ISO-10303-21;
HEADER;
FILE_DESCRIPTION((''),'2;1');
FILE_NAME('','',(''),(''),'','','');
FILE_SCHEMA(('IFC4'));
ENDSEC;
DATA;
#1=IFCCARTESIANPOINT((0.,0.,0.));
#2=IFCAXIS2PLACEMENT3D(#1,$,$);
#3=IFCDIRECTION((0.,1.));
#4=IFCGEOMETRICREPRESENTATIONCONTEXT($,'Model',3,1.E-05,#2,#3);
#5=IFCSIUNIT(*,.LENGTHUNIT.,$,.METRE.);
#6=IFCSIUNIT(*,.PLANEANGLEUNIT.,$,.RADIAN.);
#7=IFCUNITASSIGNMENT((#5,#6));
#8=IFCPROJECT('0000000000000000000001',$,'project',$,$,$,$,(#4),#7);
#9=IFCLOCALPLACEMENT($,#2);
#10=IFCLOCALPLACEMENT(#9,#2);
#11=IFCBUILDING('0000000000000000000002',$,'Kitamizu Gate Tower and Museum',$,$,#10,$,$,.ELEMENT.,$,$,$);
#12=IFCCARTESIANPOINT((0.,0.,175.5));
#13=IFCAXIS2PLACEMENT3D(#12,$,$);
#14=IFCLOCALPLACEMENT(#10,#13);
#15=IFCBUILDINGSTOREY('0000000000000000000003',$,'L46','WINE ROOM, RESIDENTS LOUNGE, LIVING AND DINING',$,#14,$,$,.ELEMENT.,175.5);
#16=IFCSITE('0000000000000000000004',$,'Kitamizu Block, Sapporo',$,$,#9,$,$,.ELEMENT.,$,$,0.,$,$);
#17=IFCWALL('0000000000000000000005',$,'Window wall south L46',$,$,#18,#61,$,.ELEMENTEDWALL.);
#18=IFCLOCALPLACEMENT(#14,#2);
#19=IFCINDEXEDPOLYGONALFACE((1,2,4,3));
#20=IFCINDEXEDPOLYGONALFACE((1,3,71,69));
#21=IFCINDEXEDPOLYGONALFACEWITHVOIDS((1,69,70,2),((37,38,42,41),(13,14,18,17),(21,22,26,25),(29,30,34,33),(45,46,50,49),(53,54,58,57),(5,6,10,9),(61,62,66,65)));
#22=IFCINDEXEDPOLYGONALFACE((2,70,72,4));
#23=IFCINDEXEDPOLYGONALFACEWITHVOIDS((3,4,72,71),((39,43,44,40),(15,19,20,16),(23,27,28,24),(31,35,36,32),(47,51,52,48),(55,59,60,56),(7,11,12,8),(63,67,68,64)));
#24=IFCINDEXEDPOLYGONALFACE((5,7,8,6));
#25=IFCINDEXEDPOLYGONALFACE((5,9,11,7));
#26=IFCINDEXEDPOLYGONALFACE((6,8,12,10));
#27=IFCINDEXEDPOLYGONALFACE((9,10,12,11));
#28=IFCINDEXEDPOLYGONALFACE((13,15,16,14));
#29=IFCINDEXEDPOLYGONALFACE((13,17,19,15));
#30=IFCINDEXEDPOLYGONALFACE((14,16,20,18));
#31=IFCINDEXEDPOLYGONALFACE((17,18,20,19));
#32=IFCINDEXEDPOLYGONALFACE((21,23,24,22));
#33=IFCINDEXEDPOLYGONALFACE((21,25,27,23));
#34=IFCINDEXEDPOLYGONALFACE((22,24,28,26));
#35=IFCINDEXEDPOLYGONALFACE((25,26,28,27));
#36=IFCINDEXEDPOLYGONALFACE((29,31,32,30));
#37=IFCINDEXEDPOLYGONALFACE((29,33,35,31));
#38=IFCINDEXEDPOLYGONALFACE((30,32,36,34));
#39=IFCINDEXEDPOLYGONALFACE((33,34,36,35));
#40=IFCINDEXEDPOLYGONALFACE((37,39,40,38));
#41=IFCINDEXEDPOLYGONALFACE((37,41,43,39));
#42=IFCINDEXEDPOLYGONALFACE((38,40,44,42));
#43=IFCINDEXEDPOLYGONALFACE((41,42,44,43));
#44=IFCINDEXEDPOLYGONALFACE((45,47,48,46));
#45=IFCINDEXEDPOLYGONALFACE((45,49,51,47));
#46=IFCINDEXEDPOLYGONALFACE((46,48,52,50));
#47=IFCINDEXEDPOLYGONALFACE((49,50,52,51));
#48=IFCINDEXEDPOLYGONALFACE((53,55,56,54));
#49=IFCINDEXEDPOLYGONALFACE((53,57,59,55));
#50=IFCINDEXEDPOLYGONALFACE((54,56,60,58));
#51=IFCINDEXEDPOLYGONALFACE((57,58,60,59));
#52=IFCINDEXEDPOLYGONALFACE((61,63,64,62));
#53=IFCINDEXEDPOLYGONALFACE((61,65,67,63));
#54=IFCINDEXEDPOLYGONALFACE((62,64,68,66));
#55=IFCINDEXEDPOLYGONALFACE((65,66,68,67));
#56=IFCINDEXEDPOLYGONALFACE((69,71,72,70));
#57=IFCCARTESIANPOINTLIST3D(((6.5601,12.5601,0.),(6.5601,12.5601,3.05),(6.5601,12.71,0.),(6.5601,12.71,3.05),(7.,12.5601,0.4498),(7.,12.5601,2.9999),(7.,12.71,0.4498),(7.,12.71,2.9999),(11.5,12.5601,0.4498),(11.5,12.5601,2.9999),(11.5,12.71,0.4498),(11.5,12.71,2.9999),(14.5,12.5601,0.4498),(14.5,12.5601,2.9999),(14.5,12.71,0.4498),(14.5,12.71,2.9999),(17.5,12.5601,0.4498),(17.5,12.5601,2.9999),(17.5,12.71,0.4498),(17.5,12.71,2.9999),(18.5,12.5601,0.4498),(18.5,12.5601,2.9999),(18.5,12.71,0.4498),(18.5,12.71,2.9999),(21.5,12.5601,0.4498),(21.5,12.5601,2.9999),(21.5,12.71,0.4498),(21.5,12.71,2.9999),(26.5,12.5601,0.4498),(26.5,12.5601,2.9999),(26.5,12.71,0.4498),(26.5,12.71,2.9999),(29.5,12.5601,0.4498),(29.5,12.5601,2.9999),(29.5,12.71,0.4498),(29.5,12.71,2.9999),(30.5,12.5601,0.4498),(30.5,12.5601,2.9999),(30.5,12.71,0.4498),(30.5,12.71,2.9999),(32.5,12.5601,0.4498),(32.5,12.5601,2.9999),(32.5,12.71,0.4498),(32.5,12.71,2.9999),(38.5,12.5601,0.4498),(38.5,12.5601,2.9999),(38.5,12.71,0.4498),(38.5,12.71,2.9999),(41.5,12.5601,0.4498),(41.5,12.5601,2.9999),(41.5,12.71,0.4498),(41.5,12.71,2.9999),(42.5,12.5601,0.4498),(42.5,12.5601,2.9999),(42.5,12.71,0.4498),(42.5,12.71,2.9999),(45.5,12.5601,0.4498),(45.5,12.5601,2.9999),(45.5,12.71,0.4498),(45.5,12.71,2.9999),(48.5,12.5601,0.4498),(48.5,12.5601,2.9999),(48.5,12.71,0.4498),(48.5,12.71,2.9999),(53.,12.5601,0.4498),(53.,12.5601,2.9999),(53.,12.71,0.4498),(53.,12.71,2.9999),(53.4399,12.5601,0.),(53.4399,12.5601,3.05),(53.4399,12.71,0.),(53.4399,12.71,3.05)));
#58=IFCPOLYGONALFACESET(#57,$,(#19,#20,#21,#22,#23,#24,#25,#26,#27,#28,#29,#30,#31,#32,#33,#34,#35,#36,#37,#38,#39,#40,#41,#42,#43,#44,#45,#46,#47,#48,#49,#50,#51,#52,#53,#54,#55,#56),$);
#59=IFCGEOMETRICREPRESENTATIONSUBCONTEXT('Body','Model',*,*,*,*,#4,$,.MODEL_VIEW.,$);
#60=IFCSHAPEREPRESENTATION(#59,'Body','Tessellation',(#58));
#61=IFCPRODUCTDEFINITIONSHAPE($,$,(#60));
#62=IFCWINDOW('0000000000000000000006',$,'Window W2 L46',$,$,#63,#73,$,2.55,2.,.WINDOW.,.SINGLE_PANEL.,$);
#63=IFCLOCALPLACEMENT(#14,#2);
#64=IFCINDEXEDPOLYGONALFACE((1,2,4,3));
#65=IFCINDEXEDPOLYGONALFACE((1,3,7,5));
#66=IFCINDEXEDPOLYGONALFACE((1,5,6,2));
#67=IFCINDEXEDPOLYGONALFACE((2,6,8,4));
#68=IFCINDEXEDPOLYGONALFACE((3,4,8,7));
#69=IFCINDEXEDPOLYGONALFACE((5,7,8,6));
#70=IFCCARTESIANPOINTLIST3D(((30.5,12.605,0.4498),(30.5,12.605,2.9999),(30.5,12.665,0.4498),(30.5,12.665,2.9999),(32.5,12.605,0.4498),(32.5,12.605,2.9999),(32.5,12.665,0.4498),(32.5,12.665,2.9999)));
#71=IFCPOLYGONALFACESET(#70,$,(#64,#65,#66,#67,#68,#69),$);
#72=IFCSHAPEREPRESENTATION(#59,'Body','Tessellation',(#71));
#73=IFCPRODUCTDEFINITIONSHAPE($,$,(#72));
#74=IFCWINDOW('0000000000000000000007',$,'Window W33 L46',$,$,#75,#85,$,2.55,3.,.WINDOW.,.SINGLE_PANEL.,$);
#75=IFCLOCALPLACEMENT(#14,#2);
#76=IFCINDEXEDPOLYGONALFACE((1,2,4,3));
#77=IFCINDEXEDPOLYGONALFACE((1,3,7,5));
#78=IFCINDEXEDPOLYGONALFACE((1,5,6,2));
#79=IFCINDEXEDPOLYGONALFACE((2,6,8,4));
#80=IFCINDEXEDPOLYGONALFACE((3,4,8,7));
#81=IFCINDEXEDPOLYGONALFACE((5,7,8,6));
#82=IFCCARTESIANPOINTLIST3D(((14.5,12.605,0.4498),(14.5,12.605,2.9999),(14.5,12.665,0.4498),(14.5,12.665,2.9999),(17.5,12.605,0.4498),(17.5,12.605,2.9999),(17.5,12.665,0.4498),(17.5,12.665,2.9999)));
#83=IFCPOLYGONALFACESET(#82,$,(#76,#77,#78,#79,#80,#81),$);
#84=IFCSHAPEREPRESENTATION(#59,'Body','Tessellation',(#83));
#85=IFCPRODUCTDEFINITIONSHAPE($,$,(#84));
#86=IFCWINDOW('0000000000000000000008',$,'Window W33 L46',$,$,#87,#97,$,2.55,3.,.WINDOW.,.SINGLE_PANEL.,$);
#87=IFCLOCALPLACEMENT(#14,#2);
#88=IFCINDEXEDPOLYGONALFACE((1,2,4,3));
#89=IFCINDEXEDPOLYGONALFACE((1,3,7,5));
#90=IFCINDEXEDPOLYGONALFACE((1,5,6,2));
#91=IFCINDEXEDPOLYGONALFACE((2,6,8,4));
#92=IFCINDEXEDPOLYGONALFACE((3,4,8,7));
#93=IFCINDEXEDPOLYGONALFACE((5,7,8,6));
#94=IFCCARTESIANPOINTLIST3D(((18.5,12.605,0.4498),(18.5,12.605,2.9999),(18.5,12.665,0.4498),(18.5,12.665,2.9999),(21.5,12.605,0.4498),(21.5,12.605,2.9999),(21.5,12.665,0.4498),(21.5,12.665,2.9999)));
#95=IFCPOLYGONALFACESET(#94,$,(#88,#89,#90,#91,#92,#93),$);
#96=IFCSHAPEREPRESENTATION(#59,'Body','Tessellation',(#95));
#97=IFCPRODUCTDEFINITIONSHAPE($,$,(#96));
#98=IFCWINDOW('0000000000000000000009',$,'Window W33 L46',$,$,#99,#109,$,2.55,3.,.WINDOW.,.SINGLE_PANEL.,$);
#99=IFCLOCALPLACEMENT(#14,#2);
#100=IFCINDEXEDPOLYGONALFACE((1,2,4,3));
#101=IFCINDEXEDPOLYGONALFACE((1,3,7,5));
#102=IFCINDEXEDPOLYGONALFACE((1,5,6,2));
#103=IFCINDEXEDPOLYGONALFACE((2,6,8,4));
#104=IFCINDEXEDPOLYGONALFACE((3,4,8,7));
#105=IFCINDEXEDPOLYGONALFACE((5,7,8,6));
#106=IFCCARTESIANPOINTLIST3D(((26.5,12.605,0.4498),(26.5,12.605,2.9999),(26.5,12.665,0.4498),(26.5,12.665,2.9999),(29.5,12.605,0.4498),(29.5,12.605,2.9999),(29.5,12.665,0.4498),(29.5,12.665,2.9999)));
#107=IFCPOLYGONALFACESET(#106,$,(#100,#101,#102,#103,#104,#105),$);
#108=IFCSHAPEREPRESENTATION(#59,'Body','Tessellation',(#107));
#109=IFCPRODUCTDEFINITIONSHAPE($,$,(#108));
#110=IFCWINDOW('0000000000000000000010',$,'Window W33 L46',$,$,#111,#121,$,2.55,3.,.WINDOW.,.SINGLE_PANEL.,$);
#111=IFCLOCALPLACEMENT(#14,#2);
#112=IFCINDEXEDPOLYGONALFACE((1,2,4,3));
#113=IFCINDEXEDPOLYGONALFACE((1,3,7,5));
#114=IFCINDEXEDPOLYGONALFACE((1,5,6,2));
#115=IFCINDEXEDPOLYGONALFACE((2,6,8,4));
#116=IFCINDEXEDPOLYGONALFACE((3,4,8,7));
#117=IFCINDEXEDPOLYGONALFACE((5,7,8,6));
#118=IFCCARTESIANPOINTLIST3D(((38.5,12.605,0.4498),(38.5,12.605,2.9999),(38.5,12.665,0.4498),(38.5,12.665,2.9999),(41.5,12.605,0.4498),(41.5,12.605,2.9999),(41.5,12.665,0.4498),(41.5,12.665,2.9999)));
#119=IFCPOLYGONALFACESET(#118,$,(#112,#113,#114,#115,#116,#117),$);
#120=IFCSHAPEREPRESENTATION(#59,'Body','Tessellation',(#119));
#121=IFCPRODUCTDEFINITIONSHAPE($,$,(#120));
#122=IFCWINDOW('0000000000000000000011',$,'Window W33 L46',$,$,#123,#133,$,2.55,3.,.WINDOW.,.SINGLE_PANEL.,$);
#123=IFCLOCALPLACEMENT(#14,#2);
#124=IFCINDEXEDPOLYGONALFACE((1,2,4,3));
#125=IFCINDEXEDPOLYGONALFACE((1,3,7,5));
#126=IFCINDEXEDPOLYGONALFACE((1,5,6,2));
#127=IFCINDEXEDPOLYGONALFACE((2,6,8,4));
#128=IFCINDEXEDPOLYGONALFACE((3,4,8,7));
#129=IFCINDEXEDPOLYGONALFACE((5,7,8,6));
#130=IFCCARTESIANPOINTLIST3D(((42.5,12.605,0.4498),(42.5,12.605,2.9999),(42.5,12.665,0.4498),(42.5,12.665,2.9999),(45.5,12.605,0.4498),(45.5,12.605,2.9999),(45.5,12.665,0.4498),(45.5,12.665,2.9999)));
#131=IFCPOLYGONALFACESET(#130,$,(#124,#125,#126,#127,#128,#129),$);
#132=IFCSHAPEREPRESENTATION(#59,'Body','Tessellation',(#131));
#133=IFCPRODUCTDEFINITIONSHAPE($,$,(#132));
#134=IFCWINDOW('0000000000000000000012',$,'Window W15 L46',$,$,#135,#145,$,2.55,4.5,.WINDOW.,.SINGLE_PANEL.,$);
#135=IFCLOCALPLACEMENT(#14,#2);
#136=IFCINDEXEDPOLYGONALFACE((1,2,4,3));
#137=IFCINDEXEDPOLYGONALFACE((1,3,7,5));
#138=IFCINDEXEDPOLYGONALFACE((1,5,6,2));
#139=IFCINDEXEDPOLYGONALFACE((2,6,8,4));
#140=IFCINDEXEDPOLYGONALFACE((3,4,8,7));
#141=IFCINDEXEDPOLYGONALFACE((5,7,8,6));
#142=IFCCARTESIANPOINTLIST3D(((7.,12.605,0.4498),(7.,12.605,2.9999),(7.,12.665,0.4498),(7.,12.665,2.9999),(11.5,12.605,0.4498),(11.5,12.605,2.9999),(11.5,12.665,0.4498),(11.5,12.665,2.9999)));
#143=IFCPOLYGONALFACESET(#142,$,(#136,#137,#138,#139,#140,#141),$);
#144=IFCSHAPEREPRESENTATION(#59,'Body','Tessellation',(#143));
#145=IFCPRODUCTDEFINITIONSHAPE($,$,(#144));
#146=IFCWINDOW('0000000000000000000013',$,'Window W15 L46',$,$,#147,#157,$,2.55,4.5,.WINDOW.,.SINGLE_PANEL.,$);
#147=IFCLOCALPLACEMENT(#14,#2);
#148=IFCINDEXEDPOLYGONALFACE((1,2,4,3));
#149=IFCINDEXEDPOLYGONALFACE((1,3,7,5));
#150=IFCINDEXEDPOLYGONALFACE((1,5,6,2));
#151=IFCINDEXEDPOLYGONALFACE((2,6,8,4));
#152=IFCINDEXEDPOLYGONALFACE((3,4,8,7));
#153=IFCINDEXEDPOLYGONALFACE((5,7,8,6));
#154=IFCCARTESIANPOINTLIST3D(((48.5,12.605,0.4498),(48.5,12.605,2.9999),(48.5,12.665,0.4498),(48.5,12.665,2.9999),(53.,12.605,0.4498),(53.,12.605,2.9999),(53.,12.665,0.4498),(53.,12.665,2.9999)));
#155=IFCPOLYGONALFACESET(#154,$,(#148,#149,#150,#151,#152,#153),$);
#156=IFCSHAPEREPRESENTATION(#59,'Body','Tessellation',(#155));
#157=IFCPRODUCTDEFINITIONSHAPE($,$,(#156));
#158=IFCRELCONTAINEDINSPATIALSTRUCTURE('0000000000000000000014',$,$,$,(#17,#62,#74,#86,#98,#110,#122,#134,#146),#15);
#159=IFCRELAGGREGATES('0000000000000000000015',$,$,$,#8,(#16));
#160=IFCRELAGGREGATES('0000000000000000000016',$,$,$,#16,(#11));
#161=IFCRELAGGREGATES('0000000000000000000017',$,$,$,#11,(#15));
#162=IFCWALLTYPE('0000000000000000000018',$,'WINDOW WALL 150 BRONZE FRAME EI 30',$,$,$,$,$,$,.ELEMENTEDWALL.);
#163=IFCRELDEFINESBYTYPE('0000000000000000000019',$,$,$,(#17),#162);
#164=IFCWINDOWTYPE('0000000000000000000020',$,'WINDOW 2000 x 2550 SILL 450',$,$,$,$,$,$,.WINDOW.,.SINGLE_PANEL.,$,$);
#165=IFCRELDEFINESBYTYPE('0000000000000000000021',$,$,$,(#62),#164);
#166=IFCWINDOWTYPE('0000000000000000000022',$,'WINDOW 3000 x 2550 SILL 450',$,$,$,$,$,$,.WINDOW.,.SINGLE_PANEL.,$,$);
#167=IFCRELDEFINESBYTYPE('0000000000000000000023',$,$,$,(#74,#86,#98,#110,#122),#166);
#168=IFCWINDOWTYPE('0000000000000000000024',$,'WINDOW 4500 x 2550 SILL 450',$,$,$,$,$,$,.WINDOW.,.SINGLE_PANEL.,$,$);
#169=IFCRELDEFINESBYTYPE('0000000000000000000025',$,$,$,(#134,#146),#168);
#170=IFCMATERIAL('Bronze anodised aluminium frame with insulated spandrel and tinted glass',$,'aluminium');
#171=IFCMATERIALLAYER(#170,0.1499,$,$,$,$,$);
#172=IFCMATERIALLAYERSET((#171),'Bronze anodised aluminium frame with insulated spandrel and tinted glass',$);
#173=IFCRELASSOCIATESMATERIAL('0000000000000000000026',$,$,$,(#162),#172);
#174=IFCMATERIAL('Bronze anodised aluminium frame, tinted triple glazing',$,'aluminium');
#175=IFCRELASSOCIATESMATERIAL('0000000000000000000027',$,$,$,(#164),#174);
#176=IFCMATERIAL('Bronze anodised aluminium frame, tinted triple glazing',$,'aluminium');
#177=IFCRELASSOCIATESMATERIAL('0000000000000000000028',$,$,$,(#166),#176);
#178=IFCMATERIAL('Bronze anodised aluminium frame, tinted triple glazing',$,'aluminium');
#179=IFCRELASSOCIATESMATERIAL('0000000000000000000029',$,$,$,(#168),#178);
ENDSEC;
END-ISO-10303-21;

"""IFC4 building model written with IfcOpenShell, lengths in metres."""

from ifc_helpers import new_model, si_unit, direction, frame, frame_2d, origin, place, context, subcontext, project, spatial, rectangle, extrude, material, layer, layer_set, type_object, element, fill, save


model = new_model("IFC4")

# Units and contexts
model_context = context("Model", 3, precision=1e-05, world=origin(), true_north=direction((0.0, 1.0)))
body_context = subcontext(model_context, "Body", "Model", "MODEL_VIEW")
ifc_project = project(units=[si_unit("LENGTHUNIT", "METRE"), si_unit("PLANEANGLEUNIT", "RADIAN")], contexts=[model_context])

# Site, building, storey
site_placement = place(None, origin())
site = spatial("IfcSite", under=ifc_project, at=site_placement, Name="Kitamizu Block, Sapporo", CompositionType="ELEMENT", RefElevation=0.0)
building_placement = place(site_placement, origin())
building = spatial("IfcBuilding", under=site, at=building_placement, Name="Kitamizu Gate Tower and Museum", CompositionType="ELEMENT")
storey_placement = place(building_placement, frame((0.0, 0.0, 175.5)))
storey = spatial("IfcBuildingStorey", under=building, at=storey_placement, Name="L46", Description="WINE ROOM, RESIDENTS LOUNGE, LIVING AND DINING", CompositionType="ELEMENT", Elevation=175.5)

# Wall, openings, windows
ifc_material_1 = material(Name="Bronze anodised aluminium frame with insulated spandrel and tinted glass", Category="aluminium")
ifc_layer_1 = layer(ifc_material_1, 0.1499)
ifc_layer_set_1 = layer_set([ifc_layer_1], Name="Bronze anodised aluminium frame with insulated spandrel and tinted glass")
wall_type_1 = type_object("IfcWallType", Name="WINDOW WALL 150 BRONZE FRAME EI 30", PredefinedType="ELEMENTEDWALL", material=ifc_layer_set_1)
wall_1_placement = place(storey_placement, frame((6.5601, 12.635, 0.0), z_axis=(0.0, 0.0, 1.0), x_axis=(1.0, 0.0, 0.0)))
wall_1 = element("IfcWall", 1, at=wall_1_placement, inside=storey, type_object=wall_type_1, Name="Window wall south L46", PredefinedType="ELEMENTEDWALL", context=body_context, shape_type="SweptSolid", body=[
    extrude(rectangle(XDim=46.8799, YDim=0.1499, at=frame_2d((23.4399, 0.0))), origin(), (0.0, 0.0, 1.0), 3.05),
])
opening_1_placement = place(wall_1_placement, frame((0.4399, 0.0, 0.45)))
opening_1 = element("IfcOpeningElement", 2, at=opening_1_placement, cuts=wall_1, PredefinedType="OPENING", context=body_context, shape_type="SweptSolid", body=[
    extrude(rectangle(XDim=4.5, YDim=2.55, at=frame_2d((2.25, 1.2749))), frame((0.0, 0.085, 0.0), z_axis=(0.0, -1.0, 0.0), x_axis=(1.0, 0.0, 0.0)), (0.0, 0.0, 1.0), 0.1699),
])
opening_2_placement = place(wall_1_placement, frame((7.9399, 0.0, 0.45)))
opening_2 = element("IfcOpeningElement", 3, at=opening_2_placement, cuts=wall_1, PredefinedType="OPENING", context=body_context, shape_type="SweptSolid", body=[
    extrude(rectangle(XDim=3.0, YDim=2.55, at=frame_2d((1.5, 1.2749))), frame((0.0, 0.085, 0.0), z_axis=(0.0, -1.0, 0.0), x_axis=(1.0, 0.0, 0.0)), (0.0, 0.0, 1.0), 0.1699),
])
opening_3_placement = place(wall_1_placement, frame((11.9399, 0.0, 0.45)))
opening_3 = element("IfcOpeningElement", 4, at=opening_3_placement, cuts=wall_1, PredefinedType="OPENING", context=body_context, shape_type="SweptSolid", body=[
    extrude(rectangle(XDim=3.0, YDim=2.55, at=frame_2d((1.5, 1.2749))), frame((0.0, 0.085, 0.0), z_axis=(0.0, -1.0, 0.0), x_axis=(1.0, 0.0, 0.0)), (0.0, 0.0, 1.0), 0.1699),
])
opening_4_placement = place(wall_1_placement, frame((19.9399, 0.0, 0.45)))
opening_4 = element("IfcOpeningElement", 5, at=opening_4_placement, cuts=wall_1, PredefinedType="OPENING", context=body_context, shape_type="SweptSolid", body=[
    extrude(rectangle(XDim=3.0, YDim=2.55, at=frame_2d((1.5, 1.2749))), frame((0.0, 0.085, 0.0), z_axis=(0.0, -1.0, 0.0), x_axis=(1.0, 0.0, 0.0)), (0.0, 0.0, 1.0), 0.1699),
])
opening_5_placement = place(wall_1_placement, frame((23.9399, 0.0, 0.45)))
opening_5 = element("IfcOpeningElement", 6, at=opening_5_placement, cuts=wall_1, PredefinedType="OPENING", context=body_context, shape_type="SweptSolid", body=[
    extrude(rectangle(XDim=2.0, YDim=2.55, at=frame_2d((1.0, 1.2749))), frame((0.0, 0.085, 0.0), z_axis=(0.0, -1.0, 0.0), x_axis=(1.0, 0.0, 0.0)), (0.0, 0.0, 1.0), 0.1699),
])
opening_6_placement = place(wall_1_placement, frame((31.9399, 0.0, 0.45)))
opening_6 = element("IfcOpeningElement", 7, at=opening_6_placement, cuts=wall_1, PredefinedType="OPENING", context=body_context, shape_type="SweptSolid", body=[
    extrude(rectangle(XDim=3.0, YDim=2.55, at=frame_2d((1.5, 1.2749))), frame((0.0, 0.085, 0.0), z_axis=(0.0, -1.0, 0.0), x_axis=(1.0, 0.0, 0.0)), (0.0, 0.0, 1.0), 0.1699),
])
opening_7_placement = place(wall_1_placement, frame((35.9399, 0.0, 0.45)))
opening_7 = element("IfcOpeningElement", 8, at=opening_7_placement, cuts=wall_1, PredefinedType="OPENING", context=body_context, shape_type="SweptSolid", body=[
    extrude(rectangle(XDim=3.0, YDim=2.55, at=frame_2d((1.5, 1.2749))), frame((0.0, 0.085, 0.0), z_axis=(0.0, -1.0, 0.0), x_axis=(1.0, 0.0, 0.0)), (0.0, 0.0, 1.0), 0.1699),
])
opening_8_placement = place(wall_1_placement, frame((41.9399, 0.0, 0.45)))
opening_8 = element("IfcOpeningElement", 9, at=opening_8_placement, cuts=wall_1, PredefinedType="OPENING", context=body_context, shape_type="SweptSolid", body=[
    extrude(rectangle(XDim=4.5, YDim=2.55, at=frame_2d((2.25, 1.2749))), frame((0.0, 0.085, 0.0), z_axis=(0.0, -1.0, 0.0), x_axis=(1.0, 0.0, 0.0)), (0.0, 0.0, 1.0), 0.1699),
])
ifc_material_2 = material(Name="Bronze anodised aluminium frame, tinted triple glazing", Category="aluminium")
window_type_1 = type_object("IfcWindowType", Name="WINDOW 2000 x 2550 SILL 450", PartitioningType="SINGLE_PANEL", PredefinedType="WINDOW", material=ifc_material_2)
window_1_placement = place(opening_5_placement, origin())
window_1 = element("IfcWindow", 10, at=window_1_placement, inside=storey, type_object=window_type_1, Name="Window W2 L46", OverallHeight=2.55, OverallWidth=2.0, PartitioningType="SINGLE_PANEL", PredefinedType="WINDOW", context=body_context, shape_type="SweptSolid", body=[
    extrude(rectangle(XDim=2.0, YDim=2.55, at=frame_2d((1.0, 1.2749))), frame((0.0, 0.03, 0.0), z_axis=(0.0, -1.0, 0.0), x_axis=(1.0, 0.0, 0.0)), (0.0, 0.0, 1.0), 0.0601),
])
fill(opening_5, window_1)
ifc_material_3 = material(Name="Bronze anodised aluminium frame, tinted triple glazing", Category="aluminium")
window_type_2 = type_object("IfcWindowType", Name="WINDOW 3000 x 2550 SILL 450", PartitioningType="SINGLE_PANEL", PredefinedType="WINDOW", material=ifc_material_3)
window_2_placement = place(opening_2_placement, origin())
window_2 = element("IfcWindow", 11, at=window_2_placement, inside=storey, type_object=window_type_2, Name="Window W33 L46", OverallHeight=2.55, OverallWidth=3.0, PartitioningType="SINGLE_PANEL", PredefinedType="WINDOW", context=body_context, shape_type="SweptSolid", body=[
    extrude(rectangle(XDim=3.0, YDim=2.55, at=frame_2d((1.5, 1.2749))), frame((0.0, 0.03, 0.0), z_axis=(0.0, -1.0, 0.0), x_axis=(1.0, 0.0, 0.0)), (0.0, 0.0, 1.0), 0.0601),
])
fill(opening_2, window_2)
window_3_placement = place(opening_3_placement, origin())
window_3 = element("IfcWindow", 12, at=window_3_placement, inside=storey, type_object=window_type_2, Name="Window W33 L46", OverallHeight=2.55, OverallWidth=3.0, PartitioningType="SINGLE_PANEL", PredefinedType="WINDOW", context=body_context, shape_type="SweptSolid", body=[
    extrude(rectangle(XDim=3.0, YDim=2.55, at=frame_2d((1.5, 1.2749))), frame((0.0, 0.03, 0.0), z_axis=(0.0, -1.0, 0.0), x_axis=(1.0, 0.0, 0.0)), (0.0, 0.0, 1.0), 0.0601),
])
fill(opening_3, window_3)
window_4_placement = place(opening_4_placement, origin())
window_4 = element("IfcWindow", 13, at=window_4_placement, inside=storey, type_object=window_type_2, Name="Window W33 L46", OverallHeight=2.55, OverallWidth=3.0, PartitioningType="SINGLE_PANEL", PredefinedType="WINDOW", context=body_context, shape_type="SweptSolid", body=[
    extrude(rectangle(XDim=3.0, YDim=2.55, at=frame_2d((1.5, 1.2749))), frame((0.0, 0.03, 0.0), z_axis=(0.0, -1.0, 0.0), x_axis=(1.0, 0.0, 0.0)), (0.0, 0.0, 1.0), 0.0601),
])
fill(opening_4, window_4)
window_5_placement = place(opening_6_placement, origin())
window_5 = element("IfcWindow", 14, at=window_5_placement, inside=storey, type_object=window_type_2, Name="Window W33 L46", OverallHeight=2.55, OverallWidth=3.0, PartitioningType="SINGLE_PANEL", PredefinedType="WINDOW", context=body_context, shape_type="SweptSolid", body=[
    extrude(rectangle(XDim=3.0, YDim=2.55, at=frame_2d((1.5, 1.2749))), frame((0.0, 0.03, 0.0), z_axis=(0.0, -1.0, 0.0), x_axis=(1.0, 0.0, 0.0)), (0.0, 0.0, 1.0), 0.0601),
])
fill(opening_6, window_5)
window_6_placement = place(opening_7_placement, origin())
window_6 = element("IfcWindow", 15, at=window_6_placement, inside=storey, type_object=window_type_2, Name="Window W33 L46", OverallHeight=2.55, OverallWidth=3.0, PartitioningType="SINGLE_PANEL", PredefinedType="WINDOW", context=body_context, shape_type="SweptSolid", body=[
    extrude(rectangle(XDim=3.0, YDim=2.55, at=frame_2d((1.5, 1.2749))), frame((0.0, 0.03, 0.0), z_axis=(0.0, -1.0, 0.0), x_axis=(1.0, 0.0, 0.0)), (0.0, 0.0, 1.0), 0.0601),
])
fill(opening_7, window_6)
ifc_material_4 = material(Name="Bronze anodised aluminium frame, tinted triple glazing", Category="aluminium")
window_type_3 = type_object("IfcWindowType", Name="WINDOW 4500 x 2550 SILL 450", PartitioningType="SINGLE_PANEL", PredefinedType="WINDOW", material=ifc_material_4)
window_7_placement = place(opening_1_placement, origin())
window_7 = element("IfcWindow", 16, at=window_7_placement, inside=storey, type_object=window_type_3, Name="Window W15 L46", OverallHeight=2.55, OverallWidth=4.5, PartitioningType="SINGLE_PANEL", PredefinedType="WINDOW", context=body_context, shape_type="SweptSolid", body=[
    extrude(rectangle(XDim=4.5, YDim=2.55, at=frame_2d((2.25, 1.2749))), frame((0.0, 0.03, 0.0), z_axis=(0.0, -1.0, 0.0), x_axis=(1.0, 0.0, 0.0)), (0.0, 0.0, 1.0), 0.0601),
])
fill(opening_1, window_7)
window_8_placement = place(opening_8_placement, origin())
window_8 = element("IfcWindow", 17, at=window_8_placement, inside=storey, type_object=window_type_3, Name="Window W15 L46", OverallHeight=2.55, OverallWidth=4.5, PartitioningType="SINGLE_PANEL", PredefinedType="WINDOW", context=body_context, shape_type="SweptSolid", body=[
    extrude(rectangle(XDim=4.5, YDim=2.55, at=frame_2d((2.25, 1.2749))), frame((0.0, 0.03, 0.0), z_axis=(0.0, -1.0, 0.0), x_axis=(1.0, 0.0, 0.0)), (0.0, 0.0, 1.0), 0.0601),
])
fill(opening_8, window_8)

save(model, "model.ifc")
